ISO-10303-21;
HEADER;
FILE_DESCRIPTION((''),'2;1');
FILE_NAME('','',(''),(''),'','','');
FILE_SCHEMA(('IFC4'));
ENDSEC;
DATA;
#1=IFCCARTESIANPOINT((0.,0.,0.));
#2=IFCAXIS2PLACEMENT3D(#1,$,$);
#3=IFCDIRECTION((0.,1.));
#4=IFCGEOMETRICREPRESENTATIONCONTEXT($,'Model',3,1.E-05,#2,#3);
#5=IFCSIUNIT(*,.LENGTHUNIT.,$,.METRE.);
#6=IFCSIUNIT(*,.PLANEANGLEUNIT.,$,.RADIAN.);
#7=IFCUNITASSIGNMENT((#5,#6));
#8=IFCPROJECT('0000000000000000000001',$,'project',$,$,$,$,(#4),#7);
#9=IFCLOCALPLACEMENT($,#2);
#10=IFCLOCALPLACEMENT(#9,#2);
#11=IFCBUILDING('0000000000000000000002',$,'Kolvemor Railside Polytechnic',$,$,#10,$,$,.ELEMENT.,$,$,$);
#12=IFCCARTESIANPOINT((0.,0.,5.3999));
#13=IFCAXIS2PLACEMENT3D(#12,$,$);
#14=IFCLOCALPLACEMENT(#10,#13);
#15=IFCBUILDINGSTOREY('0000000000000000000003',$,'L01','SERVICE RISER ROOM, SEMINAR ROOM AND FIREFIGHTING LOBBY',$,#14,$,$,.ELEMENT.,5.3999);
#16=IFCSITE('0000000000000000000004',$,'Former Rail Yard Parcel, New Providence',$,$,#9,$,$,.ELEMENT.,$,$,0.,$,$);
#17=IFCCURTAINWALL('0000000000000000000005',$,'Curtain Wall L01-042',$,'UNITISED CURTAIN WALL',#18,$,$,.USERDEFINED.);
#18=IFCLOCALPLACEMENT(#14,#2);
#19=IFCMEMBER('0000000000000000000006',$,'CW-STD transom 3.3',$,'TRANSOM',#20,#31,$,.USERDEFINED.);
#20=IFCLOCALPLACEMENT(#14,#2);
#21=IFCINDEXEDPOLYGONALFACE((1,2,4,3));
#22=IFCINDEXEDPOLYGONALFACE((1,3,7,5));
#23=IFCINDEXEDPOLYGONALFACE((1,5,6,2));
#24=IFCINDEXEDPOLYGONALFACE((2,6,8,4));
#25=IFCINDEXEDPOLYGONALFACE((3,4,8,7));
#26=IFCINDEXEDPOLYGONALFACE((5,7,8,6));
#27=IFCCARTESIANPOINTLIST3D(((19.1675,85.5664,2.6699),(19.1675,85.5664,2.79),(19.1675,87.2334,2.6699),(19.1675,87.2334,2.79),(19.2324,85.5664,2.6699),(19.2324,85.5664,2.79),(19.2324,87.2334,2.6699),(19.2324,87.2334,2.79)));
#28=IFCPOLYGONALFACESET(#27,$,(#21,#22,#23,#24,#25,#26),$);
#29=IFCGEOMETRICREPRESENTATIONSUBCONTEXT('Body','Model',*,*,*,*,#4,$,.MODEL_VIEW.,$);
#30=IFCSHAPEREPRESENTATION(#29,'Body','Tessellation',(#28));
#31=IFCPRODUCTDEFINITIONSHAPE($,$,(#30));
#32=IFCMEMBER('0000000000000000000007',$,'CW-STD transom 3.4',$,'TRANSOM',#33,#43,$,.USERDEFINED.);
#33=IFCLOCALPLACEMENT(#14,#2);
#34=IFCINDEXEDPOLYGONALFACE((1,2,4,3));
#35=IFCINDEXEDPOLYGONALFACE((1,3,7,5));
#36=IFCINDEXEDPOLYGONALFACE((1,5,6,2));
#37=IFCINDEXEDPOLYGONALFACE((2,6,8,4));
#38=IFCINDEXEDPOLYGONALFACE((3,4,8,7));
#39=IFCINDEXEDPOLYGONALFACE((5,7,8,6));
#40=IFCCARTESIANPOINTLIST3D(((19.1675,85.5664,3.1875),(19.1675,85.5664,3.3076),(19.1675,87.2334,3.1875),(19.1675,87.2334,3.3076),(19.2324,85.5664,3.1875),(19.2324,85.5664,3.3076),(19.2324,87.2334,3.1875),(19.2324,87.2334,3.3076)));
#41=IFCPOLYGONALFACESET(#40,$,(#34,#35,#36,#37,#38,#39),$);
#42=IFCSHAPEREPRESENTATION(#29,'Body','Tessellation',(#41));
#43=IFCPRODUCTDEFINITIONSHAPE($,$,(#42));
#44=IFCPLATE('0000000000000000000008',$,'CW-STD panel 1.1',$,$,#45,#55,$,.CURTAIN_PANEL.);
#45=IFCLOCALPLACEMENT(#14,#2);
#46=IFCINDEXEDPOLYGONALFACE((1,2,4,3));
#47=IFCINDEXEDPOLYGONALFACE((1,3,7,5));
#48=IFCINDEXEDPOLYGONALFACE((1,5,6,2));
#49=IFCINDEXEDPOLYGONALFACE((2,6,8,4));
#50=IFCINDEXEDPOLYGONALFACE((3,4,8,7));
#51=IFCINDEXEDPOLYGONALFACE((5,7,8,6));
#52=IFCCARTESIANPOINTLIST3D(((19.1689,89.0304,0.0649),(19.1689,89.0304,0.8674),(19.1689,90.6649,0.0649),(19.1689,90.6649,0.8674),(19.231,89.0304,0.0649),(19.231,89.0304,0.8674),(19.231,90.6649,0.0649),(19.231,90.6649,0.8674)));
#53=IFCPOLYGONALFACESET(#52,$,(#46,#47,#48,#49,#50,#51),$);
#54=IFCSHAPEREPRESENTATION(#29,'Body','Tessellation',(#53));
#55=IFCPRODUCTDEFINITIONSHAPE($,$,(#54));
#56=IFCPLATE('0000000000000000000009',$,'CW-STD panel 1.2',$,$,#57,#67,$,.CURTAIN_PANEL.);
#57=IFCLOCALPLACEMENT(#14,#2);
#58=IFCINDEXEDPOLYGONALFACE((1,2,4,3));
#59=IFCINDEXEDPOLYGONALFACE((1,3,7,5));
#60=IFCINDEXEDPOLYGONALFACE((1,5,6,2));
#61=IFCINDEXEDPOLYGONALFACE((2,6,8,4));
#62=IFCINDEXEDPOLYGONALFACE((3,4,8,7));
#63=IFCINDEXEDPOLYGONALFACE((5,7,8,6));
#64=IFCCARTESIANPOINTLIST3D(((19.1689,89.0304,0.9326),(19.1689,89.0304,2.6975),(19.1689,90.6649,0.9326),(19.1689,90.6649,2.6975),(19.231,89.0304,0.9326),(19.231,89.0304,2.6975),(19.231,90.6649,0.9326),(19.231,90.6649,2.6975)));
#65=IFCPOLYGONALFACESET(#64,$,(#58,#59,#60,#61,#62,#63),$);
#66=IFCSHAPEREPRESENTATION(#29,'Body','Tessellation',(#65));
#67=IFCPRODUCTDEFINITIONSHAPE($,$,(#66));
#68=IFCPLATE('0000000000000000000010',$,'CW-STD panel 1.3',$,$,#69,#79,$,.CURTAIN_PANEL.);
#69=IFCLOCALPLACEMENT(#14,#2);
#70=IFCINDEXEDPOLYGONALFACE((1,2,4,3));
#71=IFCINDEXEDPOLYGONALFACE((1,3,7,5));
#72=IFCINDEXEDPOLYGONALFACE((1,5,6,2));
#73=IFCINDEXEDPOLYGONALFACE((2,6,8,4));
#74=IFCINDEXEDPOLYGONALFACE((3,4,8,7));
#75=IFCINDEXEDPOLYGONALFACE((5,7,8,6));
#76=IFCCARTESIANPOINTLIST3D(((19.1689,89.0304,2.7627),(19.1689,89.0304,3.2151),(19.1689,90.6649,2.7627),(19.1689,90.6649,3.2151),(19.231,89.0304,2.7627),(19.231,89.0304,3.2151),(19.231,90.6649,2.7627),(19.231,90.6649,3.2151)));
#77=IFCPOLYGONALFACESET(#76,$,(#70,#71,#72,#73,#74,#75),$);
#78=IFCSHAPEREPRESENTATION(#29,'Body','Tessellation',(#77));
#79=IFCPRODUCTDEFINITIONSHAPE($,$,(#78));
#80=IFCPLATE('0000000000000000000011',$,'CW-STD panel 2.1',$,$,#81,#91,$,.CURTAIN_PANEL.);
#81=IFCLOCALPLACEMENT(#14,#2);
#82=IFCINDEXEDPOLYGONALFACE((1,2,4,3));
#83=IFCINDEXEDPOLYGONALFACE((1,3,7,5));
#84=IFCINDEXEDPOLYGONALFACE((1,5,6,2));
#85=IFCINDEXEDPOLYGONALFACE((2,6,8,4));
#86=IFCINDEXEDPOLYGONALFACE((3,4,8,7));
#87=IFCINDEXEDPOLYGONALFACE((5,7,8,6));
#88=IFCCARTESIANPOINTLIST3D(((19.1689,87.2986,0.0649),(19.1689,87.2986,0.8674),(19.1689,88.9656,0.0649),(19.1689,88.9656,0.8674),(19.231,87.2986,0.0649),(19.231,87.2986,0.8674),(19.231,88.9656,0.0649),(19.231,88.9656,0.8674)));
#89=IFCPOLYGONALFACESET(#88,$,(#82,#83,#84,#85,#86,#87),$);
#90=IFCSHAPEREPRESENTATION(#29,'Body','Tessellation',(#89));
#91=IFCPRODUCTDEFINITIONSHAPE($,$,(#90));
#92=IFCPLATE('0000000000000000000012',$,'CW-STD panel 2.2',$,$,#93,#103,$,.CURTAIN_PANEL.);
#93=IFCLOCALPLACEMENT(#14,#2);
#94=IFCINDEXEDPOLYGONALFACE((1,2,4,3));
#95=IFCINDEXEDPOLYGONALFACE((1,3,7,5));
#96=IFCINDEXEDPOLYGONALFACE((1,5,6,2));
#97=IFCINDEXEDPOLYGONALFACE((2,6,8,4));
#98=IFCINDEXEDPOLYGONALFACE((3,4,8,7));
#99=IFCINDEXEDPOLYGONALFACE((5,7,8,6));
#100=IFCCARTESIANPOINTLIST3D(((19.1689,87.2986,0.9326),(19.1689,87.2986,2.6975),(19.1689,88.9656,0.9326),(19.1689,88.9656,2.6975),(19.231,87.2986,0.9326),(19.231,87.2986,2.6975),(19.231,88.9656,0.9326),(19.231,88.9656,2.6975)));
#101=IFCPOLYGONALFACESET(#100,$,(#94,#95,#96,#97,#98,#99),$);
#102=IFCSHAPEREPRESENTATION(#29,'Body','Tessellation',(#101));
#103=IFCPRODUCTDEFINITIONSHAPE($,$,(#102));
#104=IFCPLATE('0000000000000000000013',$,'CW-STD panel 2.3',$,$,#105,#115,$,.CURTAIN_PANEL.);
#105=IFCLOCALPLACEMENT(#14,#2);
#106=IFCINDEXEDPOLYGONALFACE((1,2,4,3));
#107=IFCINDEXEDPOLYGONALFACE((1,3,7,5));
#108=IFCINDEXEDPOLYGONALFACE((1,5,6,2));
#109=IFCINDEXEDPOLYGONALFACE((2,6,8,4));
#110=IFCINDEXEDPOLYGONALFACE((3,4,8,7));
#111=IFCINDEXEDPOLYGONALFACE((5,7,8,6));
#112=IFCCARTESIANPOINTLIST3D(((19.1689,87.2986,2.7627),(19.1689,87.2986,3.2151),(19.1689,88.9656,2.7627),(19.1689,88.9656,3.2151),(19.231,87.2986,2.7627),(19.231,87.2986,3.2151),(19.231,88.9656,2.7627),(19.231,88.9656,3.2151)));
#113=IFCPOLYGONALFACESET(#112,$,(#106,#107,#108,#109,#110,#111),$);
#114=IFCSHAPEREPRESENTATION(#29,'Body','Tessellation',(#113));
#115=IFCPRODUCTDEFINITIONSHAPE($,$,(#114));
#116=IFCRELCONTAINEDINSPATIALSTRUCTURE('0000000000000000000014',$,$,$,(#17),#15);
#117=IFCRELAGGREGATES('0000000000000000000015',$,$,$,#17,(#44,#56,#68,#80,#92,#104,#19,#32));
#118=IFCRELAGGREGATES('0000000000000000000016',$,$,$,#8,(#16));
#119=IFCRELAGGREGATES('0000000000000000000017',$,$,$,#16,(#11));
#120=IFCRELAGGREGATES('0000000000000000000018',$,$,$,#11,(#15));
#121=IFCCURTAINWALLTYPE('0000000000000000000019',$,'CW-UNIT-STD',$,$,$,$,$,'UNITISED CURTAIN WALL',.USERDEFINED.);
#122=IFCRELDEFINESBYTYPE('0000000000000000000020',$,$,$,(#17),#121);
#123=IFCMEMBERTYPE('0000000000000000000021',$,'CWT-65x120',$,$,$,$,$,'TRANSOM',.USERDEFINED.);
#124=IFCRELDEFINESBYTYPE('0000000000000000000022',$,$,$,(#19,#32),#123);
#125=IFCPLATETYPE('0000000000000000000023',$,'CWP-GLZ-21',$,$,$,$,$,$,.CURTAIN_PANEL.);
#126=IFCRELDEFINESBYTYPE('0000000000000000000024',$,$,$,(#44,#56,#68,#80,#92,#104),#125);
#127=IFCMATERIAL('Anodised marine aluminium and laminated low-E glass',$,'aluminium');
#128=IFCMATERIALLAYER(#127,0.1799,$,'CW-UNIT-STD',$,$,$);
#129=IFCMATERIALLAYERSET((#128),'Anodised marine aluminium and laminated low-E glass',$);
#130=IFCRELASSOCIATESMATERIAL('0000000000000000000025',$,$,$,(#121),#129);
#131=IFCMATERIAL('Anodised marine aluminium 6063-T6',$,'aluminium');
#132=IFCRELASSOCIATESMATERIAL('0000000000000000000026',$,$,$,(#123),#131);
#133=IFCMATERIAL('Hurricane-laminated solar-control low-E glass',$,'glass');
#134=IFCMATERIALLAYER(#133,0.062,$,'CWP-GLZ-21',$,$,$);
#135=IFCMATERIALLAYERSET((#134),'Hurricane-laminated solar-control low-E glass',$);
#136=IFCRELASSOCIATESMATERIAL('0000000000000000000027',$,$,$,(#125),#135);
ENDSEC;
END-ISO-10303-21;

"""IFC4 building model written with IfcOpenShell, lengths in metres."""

from ifc_helpers import new_model, si_unit, direction, frame, origin, origin_2d, place, context, subcontext, project, spatial, rectangle, extrude, material, layer, layer_set, material_profile, profile_set, type_object, element, aggregate, save


model = new_model("IFC4")

# Units and contexts
model_context = context("Model", 3, precision=1e-05, world=origin(), true_north=direction((0.0, 1.0)))
body_context = subcontext(model_context, "Body", "Model", "MODEL_VIEW")
ifc_project = project(units=[si_unit("LENGTHUNIT", "METRE"), si_unit("PLANEANGLEUNIT", "RADIAN")], contexts=[model_context])

# Site, building, storey
site_placement = place(None, origin())
site = spatial("IfcSite", under=ifc_project, at=site_placement, Name="Former Rail Yard Parcel, New Providence", CompositionType="ELEMENT", RefElevation=0.0)
building_placement = place(site_placement, origin())
building = spatial("IfcBuilding", under=site, at=building_placement, Name="Kolvemor Railside Polytechnic", CompositionType="ELEMENT")
storey_placement = place(building_placement, frame((0.0, 0.0, 5.3999)))
storey = spatial("IfcBuildingStorey", under=building, at=storey_placement, Name="L01", Description="SERVICE RISER ROOM, SEMINAR ROOM AND FIREFIGHTING LOBBY", CompositionType="ELEMENT", Elevation=5.3999)

# Curtain wall, members, plates
ifc_material_1 = material(Name="Anodised marine aluminium and laminated low-E glass", Category="aluminium")
ifc_layer_1 = layer(ifc_material_1, 0.1799, Name="CW-UNIT-STD")
ifc_layer_set_1 = layer_set([ifc_layer_1], Name="Anodised marine aluminium and laminated low-E glass")
curtain_wall_type = type_object("IfcCurtainWallType", Name="CW-UNIT-STD", ElementType="UNITISED CURTAIN WALL", PredefinedType="USERDEFINED", material=ifc_layer_set_1)
curtain_wall_placement = place(storey_placement, origin())
curtain_wall = element("IfcCurtainWall", 1, at=curtain_wall_placement, inside=storey, type_object=curtain_wall_type, Name="Curtain Wall L01-042", ObjectType="UNITISED CURTAIN WALL", PredefinedType="USERDEFINED")
ifc_material_2 = material(Name="Anodised marine aluminium 6063-T6", Category="aluminium")
ifc_material_profile_1 = material_profile(ifc_material_2, rectangle(XDim=0.0649, YDim=0.1201, at=origin_2d()), Name="CW-TRN-65x120")
ifc_profile_set_1 = profile_set([ifc_material_profile_1], Name="Anodised marine aluminium 6063-T6")
member_type_1 = type_object("IfcMemberType", Name="CWT-65x120", ElementType="TRANSOM", PredefinedType="USERDEFINED", material=ifc_profile_set_1)
member_1_placement = place(storey_placement, frame((19.2, 87.2334, 2.73), z_axis=(0.0, -1.0, 0.0), x_axis=(1.0, 0.0, 0.0)))
member_1 = element("IfcMember", 2, at=member_1_placement, type_object=member_type_1, Name="CW-STD transom 3.3", ObjectType="TRANSOM", PredefinedType="USERDEFINED", context=body_context, shape_type="SweptSolid", body=[
    extrude(rectangle(XDim=0.0649, YDim=0.1201, at=origin_2d()), origin(), (0.0, 0.0, 1.0), 1.667),
])
member_2_placement = place(storey_placement, frame((19.2, 87.2334, 3.2476), z_axis=(0.0, -1.0, 0.0), x_axis=(1.0, 0.0, 0.0)))
member_2 = element("IfcMember", 3, at=member_2_placement, type_object=member_type_1, Name="CW-STD transom 3.4", ObjectType="TRANSOM", PredefinedType="USERDEFINED", context=body_context, shape_type="SweptSolid", body=[
    extrude(rectangle(XDim=0.0649, YDim=0.1201, at=origin_2d()), origin(), (0.0, 0.0, 1.0), 1.667),
])
ifc_material_3 = material(Name="Hurricane-laminated solar-control low-E glass", Category="glass")
ifc_layer_2 = layer(ifc_material_3, 0.062, Name="CWP-GLZ-21")
ifc_layer_set_2 = layer_set([ifc_layer_2], Name="Hurricane-laminated solar-control low-E glass")
plate_type = type_object("IfcPlateType", Name="CWP-GLZ-21", PredefinedType="CURTAIN_PANEL", material=ifc_layer_set_2)
plate_1_placement = place(storey_placement, frame((19.2, 89.8477, 0.0649), z_axis=(0.0, 0.0, 1.0), x_axis=(0.0, -1.0, 0.0)))
plate_1 = element("IfcPlate", 4, at=plate_1_placement, type_object=plate_type, Name="CW-STD panel 1.1", PredefinedType="CURTAIN_PANEL", context=body_context, shape_type="SweptSolid", body=[
    extrude(rectangle(XDim=1.6345, YDim=0.062, at=origin_2d()), origin(), (0.0, 0.0, 1.0), 0.8025),
])
plate_2_placement = place(storey_placement, frame((19.2, 89.8477, 0.9326), z_axis=(0.0, 0.0, 1.0), x_axis=(0.0, -1.0, 0.0)))
plate_2 = element("IfcPlate", 5, at=plate_2_placement, type_object=plate_type, Name="CW-STD panel 1.2", PredefinedType="CURTAIN_PANEL", context=body_context, shape_type="SweptSolid", body=[
    extrude(rectangle(XDim=1.6345, YDim=0.062, at=origin_2d()), origin(), (0.0, 0.0, 1.0), 1.7649),
])
plate_3_placement = place(storey_placement, frame((19.2, 89.8477, 2.7627), z_axis=(0.0, 0.0, 1.0), x_axis=(0.0, -1.0, 0.0)))
plate_3 = element("IfcPlate", 6, at=plate_3_placement, type_object=plate_type, Name="CW-STD panel 1.3", PredefinedType="CURTAIN_PANEL", context=body_context, shape_type="SweptSolid", body=[
    extrude(rectangle(XDim=1.6345, YDim=0.062, at=origin_2d()), origin(), (0.0, 0.0, 1.0), 0.4524),
])
plate_4_placement = place(storey_placement, frame((19.2, 88.1321, 0.0649), z_axis=(0.0, 0.0, 1.0), x_axis=(0.0, -1.0, 0.0)))
plate_4 = element("IfcPlate", 7, at=plate_4_placement, type_object=plate_type, Name="CW-STD panel 2.1", PredefinedType="CURTAIN_PANEL", context=body_context, shape_type="SweptSolid", body=[
    extrude(rectangle(XDim=1.667, YDim=0.062, at=origin_2d()), origin(), (0.0, 0.0, 1.0), 0.8025),
])
plate_5_placement = place(storey_placement, frame((19.2, 88.1321, 0.9326), z_axis=(0.0, 0.0, 1.0), x_axis=(0.0, -1.0, 0.0)))
plate_5 = element("IfcPlate", 8, at=plate_5_placement, type_object=plate_type, Name="CW-STD panel 2.2", PredefinedType="CURTAIN_PANEL", context=body_context, shape_type="SweptSolid", body=[
    extrude(rectangle(XDim=1.667, YDim=0.062, at=origin_2d()), origin(), (0.0, 0.0, 1.0), 1.7649),
])
plate_6_placement = place(storey_placement, frame((19.2, 88.1321, 2.7627), z_axis=(0.0, 0.0, 1.0), x_axis=(0.0, -1.0, 0.0)))
plate_6 = element("IfcPlate", 9, at=plate_6_placement, type_object=plate_type, Name="CW-STD panel 2.3", PredefinedType="CURTAIN_PANEL", context=body_context, shape_type="SweptSolid", body=[
    extrude(rectangle(XDim=1.667, YDim=0.062, at=origin_2d()), origin(), (0.0, 0.0, 1.0), 0.4524),
])
aggregate(curtain_wall, [plate_1, plate_2, plate_3, plate_4, plate_5, plate_6, member_1, member_2])

save(model, "model.ifc")
